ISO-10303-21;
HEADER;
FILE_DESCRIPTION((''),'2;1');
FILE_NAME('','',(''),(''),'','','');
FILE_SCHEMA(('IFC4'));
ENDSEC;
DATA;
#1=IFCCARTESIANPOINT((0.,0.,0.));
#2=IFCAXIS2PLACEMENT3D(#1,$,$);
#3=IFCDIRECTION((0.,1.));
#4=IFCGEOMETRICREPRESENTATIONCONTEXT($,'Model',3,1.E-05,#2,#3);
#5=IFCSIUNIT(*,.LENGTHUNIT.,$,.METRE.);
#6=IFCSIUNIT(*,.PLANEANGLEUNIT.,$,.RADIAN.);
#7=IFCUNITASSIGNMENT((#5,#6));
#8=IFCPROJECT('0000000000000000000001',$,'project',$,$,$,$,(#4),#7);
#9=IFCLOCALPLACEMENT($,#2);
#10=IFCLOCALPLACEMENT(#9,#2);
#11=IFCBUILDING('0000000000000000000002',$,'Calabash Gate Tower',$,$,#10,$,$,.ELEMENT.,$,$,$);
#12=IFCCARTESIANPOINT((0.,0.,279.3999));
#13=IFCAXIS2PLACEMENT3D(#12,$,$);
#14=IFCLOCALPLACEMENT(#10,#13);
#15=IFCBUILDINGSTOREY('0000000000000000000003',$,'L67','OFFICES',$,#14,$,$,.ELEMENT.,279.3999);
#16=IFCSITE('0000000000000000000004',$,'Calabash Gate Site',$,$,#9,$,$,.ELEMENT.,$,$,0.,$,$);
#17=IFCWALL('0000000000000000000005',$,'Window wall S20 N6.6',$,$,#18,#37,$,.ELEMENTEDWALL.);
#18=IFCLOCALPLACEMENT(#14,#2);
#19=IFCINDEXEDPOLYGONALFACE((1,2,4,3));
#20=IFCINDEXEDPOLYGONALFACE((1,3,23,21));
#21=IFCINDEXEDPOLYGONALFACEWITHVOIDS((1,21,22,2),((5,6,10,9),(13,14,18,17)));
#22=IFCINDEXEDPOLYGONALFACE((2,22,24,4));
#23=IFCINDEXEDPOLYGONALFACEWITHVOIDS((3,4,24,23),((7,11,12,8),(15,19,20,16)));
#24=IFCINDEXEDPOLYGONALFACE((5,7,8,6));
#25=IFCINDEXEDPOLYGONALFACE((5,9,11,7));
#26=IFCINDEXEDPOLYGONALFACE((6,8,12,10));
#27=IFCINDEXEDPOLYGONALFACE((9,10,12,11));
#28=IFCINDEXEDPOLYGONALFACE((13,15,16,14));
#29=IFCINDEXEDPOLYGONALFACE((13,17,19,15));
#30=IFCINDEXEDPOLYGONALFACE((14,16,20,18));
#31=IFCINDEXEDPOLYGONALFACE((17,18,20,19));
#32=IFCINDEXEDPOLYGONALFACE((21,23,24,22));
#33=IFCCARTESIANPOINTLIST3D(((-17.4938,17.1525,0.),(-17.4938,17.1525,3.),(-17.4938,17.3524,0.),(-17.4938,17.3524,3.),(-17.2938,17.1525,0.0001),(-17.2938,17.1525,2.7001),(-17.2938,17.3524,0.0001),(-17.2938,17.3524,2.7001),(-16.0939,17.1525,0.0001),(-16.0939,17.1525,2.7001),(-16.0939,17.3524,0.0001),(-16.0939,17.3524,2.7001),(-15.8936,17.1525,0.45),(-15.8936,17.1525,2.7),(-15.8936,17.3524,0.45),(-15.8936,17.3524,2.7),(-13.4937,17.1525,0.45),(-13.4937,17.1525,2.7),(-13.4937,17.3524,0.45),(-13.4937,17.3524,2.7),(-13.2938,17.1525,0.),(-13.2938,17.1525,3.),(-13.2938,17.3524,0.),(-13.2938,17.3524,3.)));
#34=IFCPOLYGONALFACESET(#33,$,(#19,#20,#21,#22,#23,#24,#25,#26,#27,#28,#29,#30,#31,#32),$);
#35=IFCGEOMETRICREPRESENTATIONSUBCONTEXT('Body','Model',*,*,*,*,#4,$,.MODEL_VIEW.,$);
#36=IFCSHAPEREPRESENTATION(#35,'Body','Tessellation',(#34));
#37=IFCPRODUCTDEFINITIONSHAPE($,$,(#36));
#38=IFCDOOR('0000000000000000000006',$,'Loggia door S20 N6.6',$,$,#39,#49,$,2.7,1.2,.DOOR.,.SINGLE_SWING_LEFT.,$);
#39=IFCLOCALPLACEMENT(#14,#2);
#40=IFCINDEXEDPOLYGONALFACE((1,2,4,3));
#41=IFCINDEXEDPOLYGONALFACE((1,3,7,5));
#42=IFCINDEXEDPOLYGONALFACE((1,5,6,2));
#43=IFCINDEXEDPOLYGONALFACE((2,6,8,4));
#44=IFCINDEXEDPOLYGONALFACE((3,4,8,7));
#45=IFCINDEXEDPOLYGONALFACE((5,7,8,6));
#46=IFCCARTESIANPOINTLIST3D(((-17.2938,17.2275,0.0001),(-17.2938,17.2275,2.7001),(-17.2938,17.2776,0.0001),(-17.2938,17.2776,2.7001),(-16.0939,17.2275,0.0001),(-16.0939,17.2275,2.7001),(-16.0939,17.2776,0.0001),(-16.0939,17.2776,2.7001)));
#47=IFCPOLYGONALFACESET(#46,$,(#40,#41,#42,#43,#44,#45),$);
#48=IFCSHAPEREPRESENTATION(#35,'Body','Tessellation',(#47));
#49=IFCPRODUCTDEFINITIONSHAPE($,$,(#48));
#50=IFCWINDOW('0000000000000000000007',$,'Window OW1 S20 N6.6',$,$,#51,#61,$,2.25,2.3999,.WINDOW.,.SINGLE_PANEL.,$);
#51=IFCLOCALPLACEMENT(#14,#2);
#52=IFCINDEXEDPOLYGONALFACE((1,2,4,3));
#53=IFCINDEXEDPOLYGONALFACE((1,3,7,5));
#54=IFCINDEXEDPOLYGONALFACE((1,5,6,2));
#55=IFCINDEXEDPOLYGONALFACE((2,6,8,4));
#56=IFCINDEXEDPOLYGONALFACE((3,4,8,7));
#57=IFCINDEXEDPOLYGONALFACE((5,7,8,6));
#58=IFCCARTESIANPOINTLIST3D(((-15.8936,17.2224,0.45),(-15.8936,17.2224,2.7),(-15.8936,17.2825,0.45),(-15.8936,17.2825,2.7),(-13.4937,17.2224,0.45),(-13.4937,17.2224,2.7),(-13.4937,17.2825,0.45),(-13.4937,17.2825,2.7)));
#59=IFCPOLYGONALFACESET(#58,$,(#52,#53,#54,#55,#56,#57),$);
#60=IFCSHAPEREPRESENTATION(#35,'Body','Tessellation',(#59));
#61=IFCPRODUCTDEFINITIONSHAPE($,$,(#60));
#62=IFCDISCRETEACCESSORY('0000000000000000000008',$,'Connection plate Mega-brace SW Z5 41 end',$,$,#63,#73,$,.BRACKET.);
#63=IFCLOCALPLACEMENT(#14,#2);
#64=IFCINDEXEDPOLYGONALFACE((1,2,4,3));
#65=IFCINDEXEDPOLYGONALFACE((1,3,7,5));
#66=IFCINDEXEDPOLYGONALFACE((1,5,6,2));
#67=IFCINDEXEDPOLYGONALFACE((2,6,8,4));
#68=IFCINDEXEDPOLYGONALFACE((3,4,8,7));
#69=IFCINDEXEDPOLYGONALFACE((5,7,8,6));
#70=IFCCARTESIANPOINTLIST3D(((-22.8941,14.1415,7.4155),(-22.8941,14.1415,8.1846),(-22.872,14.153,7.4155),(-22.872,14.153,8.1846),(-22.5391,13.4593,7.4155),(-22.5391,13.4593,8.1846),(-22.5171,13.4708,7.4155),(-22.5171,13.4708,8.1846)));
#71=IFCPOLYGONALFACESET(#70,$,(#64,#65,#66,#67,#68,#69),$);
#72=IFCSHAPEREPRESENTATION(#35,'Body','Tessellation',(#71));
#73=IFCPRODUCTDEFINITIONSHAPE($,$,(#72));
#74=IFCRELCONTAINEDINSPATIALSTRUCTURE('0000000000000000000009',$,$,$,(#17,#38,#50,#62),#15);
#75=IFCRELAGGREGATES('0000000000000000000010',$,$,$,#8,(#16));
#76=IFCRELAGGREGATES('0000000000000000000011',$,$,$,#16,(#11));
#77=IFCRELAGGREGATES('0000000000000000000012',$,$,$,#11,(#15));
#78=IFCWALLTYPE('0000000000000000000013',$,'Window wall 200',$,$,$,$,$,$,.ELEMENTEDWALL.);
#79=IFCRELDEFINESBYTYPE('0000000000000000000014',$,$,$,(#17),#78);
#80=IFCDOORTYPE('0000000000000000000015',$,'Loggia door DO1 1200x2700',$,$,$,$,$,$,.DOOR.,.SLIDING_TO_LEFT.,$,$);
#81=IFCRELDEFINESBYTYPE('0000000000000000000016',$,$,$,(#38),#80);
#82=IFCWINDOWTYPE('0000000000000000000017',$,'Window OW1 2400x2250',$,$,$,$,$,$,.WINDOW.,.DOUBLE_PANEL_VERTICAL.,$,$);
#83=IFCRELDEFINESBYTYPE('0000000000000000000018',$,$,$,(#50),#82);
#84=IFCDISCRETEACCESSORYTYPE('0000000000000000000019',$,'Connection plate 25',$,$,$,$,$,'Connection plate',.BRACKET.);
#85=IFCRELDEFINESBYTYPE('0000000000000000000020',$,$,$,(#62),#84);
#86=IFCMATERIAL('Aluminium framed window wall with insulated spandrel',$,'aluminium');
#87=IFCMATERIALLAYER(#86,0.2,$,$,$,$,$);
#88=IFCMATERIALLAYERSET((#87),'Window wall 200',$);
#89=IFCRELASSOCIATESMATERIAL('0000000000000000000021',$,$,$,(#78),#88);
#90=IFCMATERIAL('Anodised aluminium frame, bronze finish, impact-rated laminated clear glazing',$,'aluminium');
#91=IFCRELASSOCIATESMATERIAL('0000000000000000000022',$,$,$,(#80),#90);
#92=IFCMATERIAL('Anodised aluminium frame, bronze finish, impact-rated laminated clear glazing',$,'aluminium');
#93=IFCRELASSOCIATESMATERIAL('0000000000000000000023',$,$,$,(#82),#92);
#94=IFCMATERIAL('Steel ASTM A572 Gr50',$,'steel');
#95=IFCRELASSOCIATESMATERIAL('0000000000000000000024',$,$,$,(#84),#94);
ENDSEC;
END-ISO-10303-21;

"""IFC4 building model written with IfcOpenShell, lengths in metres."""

from ifc_helpers import new_model, si_unit, direction, frame, frame_2d, origin, origin_2d, place, context, subcontext, project, spatial, rectangle, extrude, material, layer, layer_set, type_object, element, fill, save


model = new_model("IFC4")

# Units and contexts
model_context = context("Model", 3, precision=1e-05, world=origin(), true_north=direction((0.0, 1.0)))
body_context = subcontext(model_context, "Body", "Model", "MODEL_VIEW")
ifc_project = project(units=[si_unit("LENGTHUNIT", "METRE"), si_unit("PLANEANGLEUNIT", "RADIAN")], contexts=[model_context])

# Site, building, storey
site_placement = place(None, origin())
site = spatial("IfcSite", under=ifc_project, at=site_placement, Name="Calabash Gate Site", CompositionType="ELEMENT", RefElevation=0.0)
building_placement = place(site_placement, origin())
building = spatial("IfcBuilding", under=site, at=building_placement, Name="Calabash Gate Tower", CompositionType="ELEMENT")
storey_placement = place(building_placement, frame((0.0, 0.0, 279.3999)))
storey = spatial("IfcBuildingStorey", under=building, at=storey_placement, Name="L67", Description="OFFICES", CompositionType="ELEMENT", Elevation=279.3999)

# Shared definitions
ifc_material_1 = material(Name="Aluminium framed window wall with insulated spandrel", Category="aluminium")
ifc_layer_1 = layer(ifc_material_1, 0.2)
ifc_layer_set_1 = layer_set([ifc_layer_1], Name="Window wall 200")
wall_type_1 = type_object("IfcWallType", Name="Window wall 200", PredefinedType="ELEMENTEDWALL", material=ifc_layer_set_1)

# Wall, openings, door, window
wall_1_placement = place(storey_placement, frame((-13.2937, 17.2524, 0.0), z_axis=(0.0, 0.0, 1.0), x_axis=(-1.0, 0.0, 0.0)))
wall_1 = element("IfcWall", 1, at=wall_1_placement, inside=storey, type_object=wall_type_1, Name="Window wall S20 N6.6", PredefinedType="ELEMENTEDWALL", context=body_context, shape_type="SweptSolid", body=[
    extrude(rectangle(XDim=4.2, YDim=0.2, at=frame_2d((2.1001, 0.0))), origin(), (0.0, 0.0, 1.0), 3.0),
])
opening_1_placement = place(wall_1_placement, frame((0.2, 0.0, 0.45)))
opening_1 = element("IfcOpeningElement", 2, at=opening_1_placement, cuts=wall_1, PredefinedType="OPENING", context=body_context, shape_type="SweptSolid", body=[
    extrude(rectangle(XDim=2.3999, YDim=2.25, at=frame_2d((1.2, 1.125))), frame((0.0, 0.1099, 0.0), z_axis=(0.0, -1.0, 0.0), x_axis=(1.0, 0.0, 0.0)), (0.0, 0.0, 1.0), 0.22),
])
opening_2_placement = place(wall_1_placement, frame((2.8, 0.0, 0.0)))
opening_2 = element("IfcOpeningElement", 3, at=opening_2_placement, cuts=wall_1, PredefinedType="OPENING", context=body_context, shape_type="SweptSolid", body=[
    extrude(rectangle(XDim=1.2, YDim=2.7, at=frame_2d((0.6001, 1.3501))), frame((0.0, 0.1099, 0.0), z_axis=(0.0, -1.0, 0.0), x_axis=(1.0, 0.0, 0.0)), (0.0, 0.0, 1.0), 0.22),
])
ifc_material_2 = material(Name="Anodised aluminium frame, bronze finish, impact-rated laminated clear glazing", Category="aluminium")
door_type_1 = type_object("IfcDoorType", Name="Loggia door DO1 1200x2700", OperationType="SLIDING_TO_LEFT", PredefinedType="DOOR", material=ifc_material_2)
door_1_placement = place(opening_2_placement, origin())
door_1 = element("IfcDoor", 4, at=door_1_placement, inside=storey, type_object=door_type_1, Name="Loggia door S20 N6.6", OperationType="SINGLE_SWING_LEFT", OverallHeight=2.7, OverallWidth=1.2, PredefinedType="DOOR", context=body_context, shape_type="SweptSolid", body=[
    extrude(rectangle(XDim=1.2, YDim=2.7, at=frame_2d((0.6001, 1.3501))), frame((0.0, 0.0249, 0.0), z_axis=(0.0, -1.0, 0.0), x_axis=(1.0, 0.0, 0.0)), (0.0, 0.0, 1.0), 0.05),
])
fill(opening_2, door_1)
ifc_material_3 = material(Name="Anodised aluminium frame, bronze finish, impact-rated laminated clear glazing", Category="aluminium")
window_type = type_object("IfcWindowType", Name="Window OW1 2400x2250", PartitioningType="DOUBLE_PANEL_VERTICAL", PredefinedType="WINDOW", material=ifc_material_3)
window_placement = place(opening_1_placement, origin())
window = element("IfcWindow", 5, at=window_placement, inside=storey, type_object=window_type, Name="Window OW1 S20 N6.6", OverallHeight=2.25, OverallWidth=2.3999, PartitioningType="SINGLE_PANEL", PredefinedType="WINDOW", context=body_context, shape_type="SweptSolid", body=[
    extrude(rectangle(XDim=2.3999, YDim=2.25, at=frame_2d((1.2, 1.125))), frame((0.0, 0.03, 0.0), z_axis=(0.0, -1.0, 0.0), x_axis=(1.0, 0.0, 0.0)), (0.0, 0.0, 1.0), 0.0601),
])
fill(opening_1, window)

# Discrete accessory
ifc_material_4 = material(Name="Steel ASTM A572 Gr50", Category="steel")
discrete_accessory_type = type_object("IfcDiscreteAccessoryType", Name="Connection plate 25", ElementType="Connection plate", PredefinedType="BRACKET", material=ifc_material_4)
discrete_accessory_placement = place(storey_placement, frame((-22.7056, 13.8062, 7.4155), z_axis=(0.0, 0.0, 1.0), x_axis=(-0.461534, 0.887123, 0.0)))
element("IfcDiscreteAccessory", 6, at=discrete_accessory_placement, inside=storey, type_object=discrete_accessory_type, Name="Connection plate Mega-brace SW Z5 41 end", PredefinedType="BRACKET", context=body_context, shape_type="SweptSolid", body=[
    extrude(rectangle(XDim=0.769, YDim=0.0249, at=origin_2d()), origin(), (0.0, 0.0, 1.0), 0.769),
])

save(model, "model.ifc")
